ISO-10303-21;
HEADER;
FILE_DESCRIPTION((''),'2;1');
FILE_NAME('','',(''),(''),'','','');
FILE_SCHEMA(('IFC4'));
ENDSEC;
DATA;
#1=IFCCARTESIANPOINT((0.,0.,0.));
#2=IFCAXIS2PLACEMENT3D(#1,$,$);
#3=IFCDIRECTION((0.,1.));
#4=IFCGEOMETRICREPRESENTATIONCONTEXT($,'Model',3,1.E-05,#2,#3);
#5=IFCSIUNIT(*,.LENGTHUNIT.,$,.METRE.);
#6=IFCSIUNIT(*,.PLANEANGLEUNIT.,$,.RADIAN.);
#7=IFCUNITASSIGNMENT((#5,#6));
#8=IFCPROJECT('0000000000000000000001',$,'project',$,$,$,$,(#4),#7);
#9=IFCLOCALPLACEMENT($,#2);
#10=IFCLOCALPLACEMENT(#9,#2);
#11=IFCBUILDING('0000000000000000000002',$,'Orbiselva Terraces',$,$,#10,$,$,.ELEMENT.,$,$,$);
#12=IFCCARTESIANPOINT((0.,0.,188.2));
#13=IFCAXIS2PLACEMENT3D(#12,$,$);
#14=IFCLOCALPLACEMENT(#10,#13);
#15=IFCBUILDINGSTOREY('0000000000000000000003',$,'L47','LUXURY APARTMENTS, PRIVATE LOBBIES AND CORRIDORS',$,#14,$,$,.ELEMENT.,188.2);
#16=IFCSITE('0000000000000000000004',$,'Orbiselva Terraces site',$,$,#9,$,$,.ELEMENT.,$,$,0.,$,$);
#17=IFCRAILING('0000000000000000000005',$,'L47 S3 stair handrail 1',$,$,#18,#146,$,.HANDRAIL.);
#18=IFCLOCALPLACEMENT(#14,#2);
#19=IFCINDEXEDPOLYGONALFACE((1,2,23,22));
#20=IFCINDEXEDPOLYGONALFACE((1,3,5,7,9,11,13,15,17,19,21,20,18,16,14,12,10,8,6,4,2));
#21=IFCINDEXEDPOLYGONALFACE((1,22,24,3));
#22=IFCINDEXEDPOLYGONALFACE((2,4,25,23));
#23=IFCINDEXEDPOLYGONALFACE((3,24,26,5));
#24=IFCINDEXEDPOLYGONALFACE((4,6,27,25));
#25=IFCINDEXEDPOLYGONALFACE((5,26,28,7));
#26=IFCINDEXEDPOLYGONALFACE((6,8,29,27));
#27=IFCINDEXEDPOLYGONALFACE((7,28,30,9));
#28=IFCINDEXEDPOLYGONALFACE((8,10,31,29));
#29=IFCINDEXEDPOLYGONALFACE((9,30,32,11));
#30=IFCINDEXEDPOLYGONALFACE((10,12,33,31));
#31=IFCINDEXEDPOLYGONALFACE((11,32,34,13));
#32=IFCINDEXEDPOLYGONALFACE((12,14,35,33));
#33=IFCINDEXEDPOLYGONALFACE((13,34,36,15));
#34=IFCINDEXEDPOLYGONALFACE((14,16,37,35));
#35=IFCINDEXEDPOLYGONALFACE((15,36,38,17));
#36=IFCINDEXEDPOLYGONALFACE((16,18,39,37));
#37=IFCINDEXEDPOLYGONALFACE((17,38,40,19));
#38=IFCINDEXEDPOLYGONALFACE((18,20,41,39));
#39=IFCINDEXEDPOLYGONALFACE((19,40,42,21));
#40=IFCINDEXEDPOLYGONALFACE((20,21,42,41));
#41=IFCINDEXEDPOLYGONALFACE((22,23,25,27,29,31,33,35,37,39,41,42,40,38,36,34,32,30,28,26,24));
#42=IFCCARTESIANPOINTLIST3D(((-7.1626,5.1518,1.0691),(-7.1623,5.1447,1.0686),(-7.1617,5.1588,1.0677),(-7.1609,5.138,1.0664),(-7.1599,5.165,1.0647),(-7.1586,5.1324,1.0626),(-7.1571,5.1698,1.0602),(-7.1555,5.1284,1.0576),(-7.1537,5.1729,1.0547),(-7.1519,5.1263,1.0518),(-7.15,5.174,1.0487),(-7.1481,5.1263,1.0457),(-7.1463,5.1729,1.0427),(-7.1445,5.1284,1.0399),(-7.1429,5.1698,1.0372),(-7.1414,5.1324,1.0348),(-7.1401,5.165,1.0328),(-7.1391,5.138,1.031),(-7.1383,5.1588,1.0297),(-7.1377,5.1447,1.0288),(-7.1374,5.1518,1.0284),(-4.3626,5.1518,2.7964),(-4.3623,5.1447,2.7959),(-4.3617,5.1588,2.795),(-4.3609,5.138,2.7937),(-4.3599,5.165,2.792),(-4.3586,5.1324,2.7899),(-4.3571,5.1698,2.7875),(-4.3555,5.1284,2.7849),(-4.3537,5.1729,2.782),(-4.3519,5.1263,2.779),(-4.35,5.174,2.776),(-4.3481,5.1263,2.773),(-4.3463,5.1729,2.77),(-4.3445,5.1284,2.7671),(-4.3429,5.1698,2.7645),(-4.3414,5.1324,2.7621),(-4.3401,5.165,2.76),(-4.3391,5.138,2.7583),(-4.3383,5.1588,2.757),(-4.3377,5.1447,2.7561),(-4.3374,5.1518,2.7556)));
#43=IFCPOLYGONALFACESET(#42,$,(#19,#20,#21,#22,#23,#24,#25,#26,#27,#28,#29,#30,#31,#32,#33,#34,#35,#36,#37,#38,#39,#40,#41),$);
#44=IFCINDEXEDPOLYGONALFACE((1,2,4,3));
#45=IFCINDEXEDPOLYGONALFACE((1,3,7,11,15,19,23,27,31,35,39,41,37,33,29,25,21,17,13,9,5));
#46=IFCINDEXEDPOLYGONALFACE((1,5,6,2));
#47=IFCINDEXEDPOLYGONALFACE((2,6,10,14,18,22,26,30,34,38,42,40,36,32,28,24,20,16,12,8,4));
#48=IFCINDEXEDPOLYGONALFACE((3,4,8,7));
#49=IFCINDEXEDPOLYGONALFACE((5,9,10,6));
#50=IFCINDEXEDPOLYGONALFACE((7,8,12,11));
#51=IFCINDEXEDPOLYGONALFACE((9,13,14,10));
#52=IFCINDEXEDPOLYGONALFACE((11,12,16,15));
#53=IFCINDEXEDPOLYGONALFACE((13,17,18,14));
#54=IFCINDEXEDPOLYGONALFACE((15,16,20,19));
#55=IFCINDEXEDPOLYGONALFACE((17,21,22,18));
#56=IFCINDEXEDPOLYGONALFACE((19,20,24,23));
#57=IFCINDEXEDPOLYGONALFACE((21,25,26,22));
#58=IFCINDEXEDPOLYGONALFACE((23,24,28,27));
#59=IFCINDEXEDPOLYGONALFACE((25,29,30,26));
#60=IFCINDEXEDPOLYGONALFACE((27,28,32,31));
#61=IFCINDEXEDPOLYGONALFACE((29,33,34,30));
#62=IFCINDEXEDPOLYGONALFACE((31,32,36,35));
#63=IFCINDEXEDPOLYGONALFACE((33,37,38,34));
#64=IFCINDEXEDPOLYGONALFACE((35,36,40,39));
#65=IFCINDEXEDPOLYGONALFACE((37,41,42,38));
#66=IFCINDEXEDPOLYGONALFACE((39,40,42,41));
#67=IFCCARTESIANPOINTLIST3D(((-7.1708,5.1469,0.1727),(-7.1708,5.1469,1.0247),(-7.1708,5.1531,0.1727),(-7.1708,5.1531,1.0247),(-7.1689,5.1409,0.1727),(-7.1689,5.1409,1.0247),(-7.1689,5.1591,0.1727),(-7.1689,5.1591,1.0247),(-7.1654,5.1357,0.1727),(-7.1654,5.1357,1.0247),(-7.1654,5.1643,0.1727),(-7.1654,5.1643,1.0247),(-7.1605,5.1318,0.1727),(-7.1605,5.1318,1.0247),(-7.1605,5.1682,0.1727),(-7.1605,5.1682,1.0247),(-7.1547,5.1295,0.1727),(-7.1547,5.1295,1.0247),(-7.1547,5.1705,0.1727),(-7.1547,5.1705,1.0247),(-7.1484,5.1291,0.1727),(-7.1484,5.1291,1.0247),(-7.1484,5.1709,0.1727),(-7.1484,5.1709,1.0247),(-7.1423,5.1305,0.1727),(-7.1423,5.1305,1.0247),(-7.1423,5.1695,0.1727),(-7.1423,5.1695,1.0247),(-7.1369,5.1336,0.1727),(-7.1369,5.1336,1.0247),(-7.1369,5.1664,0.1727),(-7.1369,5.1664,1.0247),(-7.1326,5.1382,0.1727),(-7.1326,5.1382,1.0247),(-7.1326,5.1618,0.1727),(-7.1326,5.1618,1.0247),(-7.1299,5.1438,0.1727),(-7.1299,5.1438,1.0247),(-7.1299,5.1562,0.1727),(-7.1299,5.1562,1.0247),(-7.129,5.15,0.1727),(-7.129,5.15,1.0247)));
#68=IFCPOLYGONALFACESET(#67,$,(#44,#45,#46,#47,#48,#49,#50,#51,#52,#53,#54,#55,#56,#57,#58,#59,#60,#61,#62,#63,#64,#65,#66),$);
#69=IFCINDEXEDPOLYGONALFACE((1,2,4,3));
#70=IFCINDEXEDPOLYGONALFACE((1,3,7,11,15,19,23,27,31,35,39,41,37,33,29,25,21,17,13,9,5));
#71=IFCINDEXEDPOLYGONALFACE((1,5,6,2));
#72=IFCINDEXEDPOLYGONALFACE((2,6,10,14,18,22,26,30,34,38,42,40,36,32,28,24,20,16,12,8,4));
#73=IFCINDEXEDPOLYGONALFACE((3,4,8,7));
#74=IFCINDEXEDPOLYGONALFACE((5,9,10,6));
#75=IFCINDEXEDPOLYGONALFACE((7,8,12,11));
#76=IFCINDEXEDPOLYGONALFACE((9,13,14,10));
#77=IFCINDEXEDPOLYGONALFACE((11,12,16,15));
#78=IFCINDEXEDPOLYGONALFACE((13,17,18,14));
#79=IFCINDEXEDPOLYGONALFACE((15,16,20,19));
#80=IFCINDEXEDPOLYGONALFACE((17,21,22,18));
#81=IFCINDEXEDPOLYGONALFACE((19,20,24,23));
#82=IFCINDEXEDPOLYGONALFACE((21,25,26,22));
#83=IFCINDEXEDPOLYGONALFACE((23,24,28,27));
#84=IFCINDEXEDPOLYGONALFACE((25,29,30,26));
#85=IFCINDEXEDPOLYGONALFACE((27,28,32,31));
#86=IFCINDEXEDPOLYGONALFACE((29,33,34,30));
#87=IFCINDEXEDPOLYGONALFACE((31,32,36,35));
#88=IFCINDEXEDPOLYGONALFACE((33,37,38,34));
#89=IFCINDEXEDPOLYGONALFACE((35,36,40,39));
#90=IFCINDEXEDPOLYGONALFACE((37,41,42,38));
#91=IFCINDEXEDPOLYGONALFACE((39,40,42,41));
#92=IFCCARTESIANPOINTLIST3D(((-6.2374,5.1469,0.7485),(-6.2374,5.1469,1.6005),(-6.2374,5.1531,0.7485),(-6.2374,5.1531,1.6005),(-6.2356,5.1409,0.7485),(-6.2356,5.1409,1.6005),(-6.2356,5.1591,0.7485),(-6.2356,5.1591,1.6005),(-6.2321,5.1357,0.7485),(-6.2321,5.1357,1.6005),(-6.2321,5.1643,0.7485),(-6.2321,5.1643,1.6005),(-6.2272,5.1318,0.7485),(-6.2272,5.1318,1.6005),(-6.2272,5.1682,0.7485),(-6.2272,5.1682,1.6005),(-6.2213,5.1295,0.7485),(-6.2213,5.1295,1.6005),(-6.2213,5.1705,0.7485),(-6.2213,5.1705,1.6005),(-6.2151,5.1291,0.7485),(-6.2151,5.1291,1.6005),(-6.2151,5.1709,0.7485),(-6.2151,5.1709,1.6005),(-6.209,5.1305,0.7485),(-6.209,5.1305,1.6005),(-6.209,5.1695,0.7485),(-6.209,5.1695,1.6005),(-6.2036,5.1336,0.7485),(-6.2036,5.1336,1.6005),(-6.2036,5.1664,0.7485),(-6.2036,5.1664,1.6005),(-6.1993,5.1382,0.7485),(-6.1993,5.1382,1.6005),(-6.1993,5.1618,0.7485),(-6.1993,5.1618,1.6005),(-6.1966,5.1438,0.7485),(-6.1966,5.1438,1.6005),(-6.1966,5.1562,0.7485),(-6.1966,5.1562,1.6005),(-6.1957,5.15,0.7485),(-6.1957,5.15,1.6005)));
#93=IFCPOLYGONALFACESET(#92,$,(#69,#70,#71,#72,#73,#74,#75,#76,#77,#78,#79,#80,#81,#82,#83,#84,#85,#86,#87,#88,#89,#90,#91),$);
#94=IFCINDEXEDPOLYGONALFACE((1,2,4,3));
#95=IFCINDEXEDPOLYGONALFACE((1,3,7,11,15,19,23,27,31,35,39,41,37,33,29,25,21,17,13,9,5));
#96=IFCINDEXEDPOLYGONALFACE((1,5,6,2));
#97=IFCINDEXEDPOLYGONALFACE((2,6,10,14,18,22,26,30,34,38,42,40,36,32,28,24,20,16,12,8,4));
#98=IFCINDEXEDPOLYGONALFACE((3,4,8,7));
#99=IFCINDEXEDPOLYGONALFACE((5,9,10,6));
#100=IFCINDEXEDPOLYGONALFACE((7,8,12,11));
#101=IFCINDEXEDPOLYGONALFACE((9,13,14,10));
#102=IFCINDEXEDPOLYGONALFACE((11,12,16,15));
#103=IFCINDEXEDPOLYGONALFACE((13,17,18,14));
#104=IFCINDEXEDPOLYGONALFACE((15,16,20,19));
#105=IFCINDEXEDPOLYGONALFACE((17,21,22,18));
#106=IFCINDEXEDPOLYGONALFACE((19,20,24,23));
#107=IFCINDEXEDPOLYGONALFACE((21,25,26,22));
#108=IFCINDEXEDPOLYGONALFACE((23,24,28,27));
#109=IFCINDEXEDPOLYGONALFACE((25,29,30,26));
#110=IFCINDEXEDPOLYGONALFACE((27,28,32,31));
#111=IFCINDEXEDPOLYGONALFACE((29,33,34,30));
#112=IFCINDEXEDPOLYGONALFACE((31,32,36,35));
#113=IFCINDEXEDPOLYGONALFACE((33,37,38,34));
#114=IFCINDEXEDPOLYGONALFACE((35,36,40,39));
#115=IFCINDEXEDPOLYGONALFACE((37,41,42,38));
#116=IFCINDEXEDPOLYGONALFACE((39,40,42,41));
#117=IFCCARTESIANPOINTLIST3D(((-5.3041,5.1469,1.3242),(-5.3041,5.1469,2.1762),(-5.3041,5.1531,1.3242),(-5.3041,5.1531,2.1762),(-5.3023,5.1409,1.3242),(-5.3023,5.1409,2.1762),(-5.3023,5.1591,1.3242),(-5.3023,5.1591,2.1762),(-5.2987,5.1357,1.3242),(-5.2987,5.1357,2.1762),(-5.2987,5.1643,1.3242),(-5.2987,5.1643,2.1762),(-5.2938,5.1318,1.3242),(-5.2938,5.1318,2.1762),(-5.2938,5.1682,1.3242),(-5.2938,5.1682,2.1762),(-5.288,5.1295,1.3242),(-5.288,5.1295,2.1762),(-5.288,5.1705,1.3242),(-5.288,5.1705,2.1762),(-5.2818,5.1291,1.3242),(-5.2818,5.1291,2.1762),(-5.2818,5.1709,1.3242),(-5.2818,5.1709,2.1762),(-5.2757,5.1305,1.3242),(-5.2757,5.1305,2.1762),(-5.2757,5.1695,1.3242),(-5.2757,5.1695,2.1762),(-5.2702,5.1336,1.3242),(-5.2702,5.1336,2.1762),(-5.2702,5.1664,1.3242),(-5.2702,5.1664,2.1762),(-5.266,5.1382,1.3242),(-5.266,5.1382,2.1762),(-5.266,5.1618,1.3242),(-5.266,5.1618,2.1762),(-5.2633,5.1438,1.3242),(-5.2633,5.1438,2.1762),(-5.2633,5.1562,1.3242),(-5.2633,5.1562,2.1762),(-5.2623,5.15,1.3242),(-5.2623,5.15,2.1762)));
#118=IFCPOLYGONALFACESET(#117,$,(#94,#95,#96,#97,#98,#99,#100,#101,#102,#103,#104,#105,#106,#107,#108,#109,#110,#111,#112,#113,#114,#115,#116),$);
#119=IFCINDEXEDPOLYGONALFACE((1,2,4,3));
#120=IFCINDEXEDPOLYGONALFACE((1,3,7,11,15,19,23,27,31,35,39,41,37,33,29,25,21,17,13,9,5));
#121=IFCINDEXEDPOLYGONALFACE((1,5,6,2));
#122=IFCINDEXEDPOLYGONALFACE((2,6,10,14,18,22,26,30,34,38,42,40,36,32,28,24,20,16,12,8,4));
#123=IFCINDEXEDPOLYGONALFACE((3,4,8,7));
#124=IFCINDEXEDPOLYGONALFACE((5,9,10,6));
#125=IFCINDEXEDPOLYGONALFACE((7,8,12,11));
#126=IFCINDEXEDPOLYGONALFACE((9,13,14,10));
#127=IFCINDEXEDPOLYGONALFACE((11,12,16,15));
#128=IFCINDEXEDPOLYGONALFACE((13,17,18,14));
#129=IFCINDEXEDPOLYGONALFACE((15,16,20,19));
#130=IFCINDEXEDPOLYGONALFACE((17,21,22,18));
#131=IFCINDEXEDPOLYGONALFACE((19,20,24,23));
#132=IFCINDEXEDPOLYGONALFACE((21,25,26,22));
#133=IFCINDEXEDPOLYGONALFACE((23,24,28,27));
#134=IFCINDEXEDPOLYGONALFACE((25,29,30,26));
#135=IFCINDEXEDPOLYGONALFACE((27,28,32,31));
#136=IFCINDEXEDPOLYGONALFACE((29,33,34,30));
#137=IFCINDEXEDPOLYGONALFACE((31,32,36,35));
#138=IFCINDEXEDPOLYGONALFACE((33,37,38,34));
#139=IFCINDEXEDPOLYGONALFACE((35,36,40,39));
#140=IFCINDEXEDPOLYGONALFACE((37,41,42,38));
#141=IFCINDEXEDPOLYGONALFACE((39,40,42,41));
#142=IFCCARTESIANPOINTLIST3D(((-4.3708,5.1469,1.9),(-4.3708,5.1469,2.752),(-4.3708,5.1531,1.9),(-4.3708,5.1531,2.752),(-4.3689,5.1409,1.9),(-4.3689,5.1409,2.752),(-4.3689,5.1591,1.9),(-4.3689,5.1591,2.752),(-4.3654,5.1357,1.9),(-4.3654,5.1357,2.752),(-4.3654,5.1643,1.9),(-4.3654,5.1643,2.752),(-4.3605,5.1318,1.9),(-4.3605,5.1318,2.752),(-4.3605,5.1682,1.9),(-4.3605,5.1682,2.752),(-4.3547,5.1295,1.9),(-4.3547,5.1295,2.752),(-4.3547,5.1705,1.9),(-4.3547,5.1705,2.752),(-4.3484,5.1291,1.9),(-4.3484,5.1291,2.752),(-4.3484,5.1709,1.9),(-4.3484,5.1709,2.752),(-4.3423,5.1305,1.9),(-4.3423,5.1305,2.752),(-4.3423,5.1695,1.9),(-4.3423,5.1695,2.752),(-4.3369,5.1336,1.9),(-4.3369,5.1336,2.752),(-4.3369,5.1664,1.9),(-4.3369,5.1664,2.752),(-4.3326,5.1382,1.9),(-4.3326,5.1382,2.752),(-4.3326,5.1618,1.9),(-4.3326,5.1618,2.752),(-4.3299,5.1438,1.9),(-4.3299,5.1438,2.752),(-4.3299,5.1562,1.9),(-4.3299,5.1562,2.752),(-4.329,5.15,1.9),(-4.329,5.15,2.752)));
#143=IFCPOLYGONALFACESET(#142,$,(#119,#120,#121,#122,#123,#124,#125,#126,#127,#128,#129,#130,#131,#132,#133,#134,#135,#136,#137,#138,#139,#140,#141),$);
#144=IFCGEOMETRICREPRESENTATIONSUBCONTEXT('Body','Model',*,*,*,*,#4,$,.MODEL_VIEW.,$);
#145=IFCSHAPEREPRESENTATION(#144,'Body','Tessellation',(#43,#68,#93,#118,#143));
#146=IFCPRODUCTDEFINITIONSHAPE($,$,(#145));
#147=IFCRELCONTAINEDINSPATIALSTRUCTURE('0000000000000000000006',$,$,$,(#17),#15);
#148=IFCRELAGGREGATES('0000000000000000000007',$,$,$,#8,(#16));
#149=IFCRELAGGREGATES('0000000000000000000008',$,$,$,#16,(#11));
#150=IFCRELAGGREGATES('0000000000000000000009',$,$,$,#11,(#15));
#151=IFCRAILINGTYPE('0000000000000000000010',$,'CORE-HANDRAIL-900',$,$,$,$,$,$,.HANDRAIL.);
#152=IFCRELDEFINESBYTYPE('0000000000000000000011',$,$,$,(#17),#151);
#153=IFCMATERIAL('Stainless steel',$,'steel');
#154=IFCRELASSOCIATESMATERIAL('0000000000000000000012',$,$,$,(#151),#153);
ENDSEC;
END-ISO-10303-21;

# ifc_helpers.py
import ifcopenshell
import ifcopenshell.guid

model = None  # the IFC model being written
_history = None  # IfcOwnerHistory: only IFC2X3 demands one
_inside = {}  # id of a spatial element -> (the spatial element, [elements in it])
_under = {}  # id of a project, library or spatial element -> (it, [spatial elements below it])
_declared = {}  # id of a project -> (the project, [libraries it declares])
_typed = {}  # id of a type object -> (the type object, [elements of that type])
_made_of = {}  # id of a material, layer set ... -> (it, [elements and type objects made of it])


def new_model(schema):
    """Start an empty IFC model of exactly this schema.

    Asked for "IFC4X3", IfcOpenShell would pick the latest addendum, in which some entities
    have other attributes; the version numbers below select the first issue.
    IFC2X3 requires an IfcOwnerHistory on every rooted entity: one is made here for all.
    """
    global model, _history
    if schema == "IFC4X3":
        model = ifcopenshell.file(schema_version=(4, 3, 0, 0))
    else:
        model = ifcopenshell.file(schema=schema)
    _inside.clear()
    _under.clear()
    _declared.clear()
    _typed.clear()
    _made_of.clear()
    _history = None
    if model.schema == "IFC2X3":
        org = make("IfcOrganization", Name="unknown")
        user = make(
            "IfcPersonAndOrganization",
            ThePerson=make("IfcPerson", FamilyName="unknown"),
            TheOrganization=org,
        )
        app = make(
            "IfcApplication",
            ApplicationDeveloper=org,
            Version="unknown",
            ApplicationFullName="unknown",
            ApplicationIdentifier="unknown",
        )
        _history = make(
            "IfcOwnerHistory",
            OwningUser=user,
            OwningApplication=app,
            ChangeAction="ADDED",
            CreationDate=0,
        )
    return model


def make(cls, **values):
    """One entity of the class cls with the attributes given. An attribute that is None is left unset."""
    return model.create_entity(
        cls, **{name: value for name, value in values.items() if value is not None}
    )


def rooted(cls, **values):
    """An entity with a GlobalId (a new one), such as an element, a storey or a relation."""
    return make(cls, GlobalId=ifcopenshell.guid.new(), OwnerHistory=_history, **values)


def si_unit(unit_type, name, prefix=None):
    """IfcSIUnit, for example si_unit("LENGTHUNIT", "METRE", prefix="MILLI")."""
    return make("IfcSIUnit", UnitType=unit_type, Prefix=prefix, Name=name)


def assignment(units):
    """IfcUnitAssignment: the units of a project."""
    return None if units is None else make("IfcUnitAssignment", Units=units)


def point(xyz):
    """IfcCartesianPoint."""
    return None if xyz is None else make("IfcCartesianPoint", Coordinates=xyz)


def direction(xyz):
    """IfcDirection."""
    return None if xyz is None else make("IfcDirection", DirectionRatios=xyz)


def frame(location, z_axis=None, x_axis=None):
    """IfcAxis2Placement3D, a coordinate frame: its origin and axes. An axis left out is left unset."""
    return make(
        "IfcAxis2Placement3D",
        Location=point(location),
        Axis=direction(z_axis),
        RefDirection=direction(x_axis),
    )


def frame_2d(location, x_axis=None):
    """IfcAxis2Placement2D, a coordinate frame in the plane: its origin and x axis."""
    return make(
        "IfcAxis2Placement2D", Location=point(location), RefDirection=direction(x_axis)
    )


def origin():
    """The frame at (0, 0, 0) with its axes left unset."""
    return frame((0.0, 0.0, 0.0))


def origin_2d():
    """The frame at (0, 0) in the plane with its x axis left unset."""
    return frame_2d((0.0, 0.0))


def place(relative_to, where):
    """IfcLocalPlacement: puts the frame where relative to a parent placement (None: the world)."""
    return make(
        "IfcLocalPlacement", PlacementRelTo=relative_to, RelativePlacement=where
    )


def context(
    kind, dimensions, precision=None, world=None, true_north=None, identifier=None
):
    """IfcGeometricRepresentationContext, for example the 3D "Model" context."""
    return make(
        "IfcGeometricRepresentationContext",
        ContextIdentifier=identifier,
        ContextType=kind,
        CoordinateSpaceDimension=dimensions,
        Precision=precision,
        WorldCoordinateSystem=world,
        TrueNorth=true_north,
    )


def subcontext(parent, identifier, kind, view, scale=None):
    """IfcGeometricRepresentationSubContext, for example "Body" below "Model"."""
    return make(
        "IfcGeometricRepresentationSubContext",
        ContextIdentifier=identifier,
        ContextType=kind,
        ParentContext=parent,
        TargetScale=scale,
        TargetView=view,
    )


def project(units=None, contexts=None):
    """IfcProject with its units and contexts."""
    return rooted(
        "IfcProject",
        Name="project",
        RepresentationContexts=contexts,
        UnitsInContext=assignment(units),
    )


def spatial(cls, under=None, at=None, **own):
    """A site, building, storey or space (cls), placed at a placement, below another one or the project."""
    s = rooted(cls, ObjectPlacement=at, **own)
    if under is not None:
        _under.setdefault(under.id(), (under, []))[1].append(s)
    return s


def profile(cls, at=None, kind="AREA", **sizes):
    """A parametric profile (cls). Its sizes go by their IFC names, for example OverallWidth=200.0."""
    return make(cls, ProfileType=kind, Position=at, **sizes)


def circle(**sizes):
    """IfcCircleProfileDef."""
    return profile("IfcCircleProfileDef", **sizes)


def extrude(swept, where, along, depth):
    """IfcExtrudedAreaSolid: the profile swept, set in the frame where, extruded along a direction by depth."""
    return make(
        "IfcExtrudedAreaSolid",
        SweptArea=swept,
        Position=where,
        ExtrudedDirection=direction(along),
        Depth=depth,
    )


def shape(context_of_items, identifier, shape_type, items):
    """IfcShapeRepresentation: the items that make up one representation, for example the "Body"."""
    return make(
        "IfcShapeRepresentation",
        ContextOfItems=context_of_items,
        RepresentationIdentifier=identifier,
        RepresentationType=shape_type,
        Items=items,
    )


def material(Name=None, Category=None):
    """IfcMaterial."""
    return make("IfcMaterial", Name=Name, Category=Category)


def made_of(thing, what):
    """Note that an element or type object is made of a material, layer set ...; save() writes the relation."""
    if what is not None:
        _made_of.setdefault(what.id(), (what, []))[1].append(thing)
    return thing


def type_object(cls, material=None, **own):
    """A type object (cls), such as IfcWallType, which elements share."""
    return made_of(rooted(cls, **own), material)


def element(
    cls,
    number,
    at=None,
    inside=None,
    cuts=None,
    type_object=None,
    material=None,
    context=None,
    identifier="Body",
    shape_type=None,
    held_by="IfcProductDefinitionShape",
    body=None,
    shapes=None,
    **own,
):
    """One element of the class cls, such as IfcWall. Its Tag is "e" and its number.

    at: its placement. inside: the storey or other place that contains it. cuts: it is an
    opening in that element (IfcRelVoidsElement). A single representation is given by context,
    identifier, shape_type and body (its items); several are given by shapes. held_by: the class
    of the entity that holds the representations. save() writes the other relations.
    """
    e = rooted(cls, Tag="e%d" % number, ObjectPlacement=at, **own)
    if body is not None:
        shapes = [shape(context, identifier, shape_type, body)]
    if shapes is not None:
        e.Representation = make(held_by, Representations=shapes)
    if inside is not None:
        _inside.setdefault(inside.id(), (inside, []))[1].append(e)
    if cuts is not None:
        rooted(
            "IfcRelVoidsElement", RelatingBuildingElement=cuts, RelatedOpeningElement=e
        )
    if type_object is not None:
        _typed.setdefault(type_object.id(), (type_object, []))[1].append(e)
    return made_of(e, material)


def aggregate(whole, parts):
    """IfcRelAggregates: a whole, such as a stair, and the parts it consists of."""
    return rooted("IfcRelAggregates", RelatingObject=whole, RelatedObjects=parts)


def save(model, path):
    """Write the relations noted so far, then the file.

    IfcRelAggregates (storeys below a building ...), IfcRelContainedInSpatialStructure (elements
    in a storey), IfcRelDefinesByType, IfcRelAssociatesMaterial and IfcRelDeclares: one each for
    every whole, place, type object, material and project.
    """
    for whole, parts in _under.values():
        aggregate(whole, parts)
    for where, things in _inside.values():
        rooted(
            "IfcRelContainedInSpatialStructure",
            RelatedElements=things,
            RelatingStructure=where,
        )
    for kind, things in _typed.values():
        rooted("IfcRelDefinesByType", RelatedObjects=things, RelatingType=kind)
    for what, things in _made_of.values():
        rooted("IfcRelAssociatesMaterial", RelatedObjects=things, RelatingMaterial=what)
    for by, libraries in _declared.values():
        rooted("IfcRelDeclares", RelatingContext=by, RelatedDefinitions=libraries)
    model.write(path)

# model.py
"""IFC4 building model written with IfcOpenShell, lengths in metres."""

from ifc_helpers import new_model, si_unit, direction, frame, origin, origin_2d, place, context, subcontext, project, spatial, circle, extrude, material, type_object, element, save


model = new_model("IFC4")

# Units and contexts
model_context = context("Model", 3, precision=1e-05, world=origin(), true_north=direction((0.0, 1.0)))
body_context = subcontext(model_context, "Body", "Model", "MODEL_VIEW")
ifc_project = project(units=[si_unit("LENGTHUNIT", "METRE"), si_unit("PLANEANGLEUNIT", "RADIAN")], contexts=[model_context])

# Site, building, storey
site_placement = place(None, origin())
site = spatial("IfcSite", under=ifc_project, at=site_placement, Name="Orbiselva Terraces site", CompositionType="ELEMENT", RefElevation=0.0)
building_placement = place(site_placement, origin())
building = spatial("IfcBuilding", under=site, at=building_placement, Name="Orbiselva Terraces", CompositionType="ELEMENT")
storey_placement = place(building_placement, frame((0.0, 0.0, 188.2)))
storey = spatial("IfcBuildingStorey", under=building, at=storey_placement, Name="L47", Description="LUXURY APARTMENTS, PRIVATE LOBBIES AND CORRIDORS", CompositionType="ELEMENT", Elevation=188.2)

# Railing
ifc_material_1 = material(Name="Stainless steel", Category="steel")
railing_type_1 = type_object("IfcRailingType", Name="CORE-HANDRAIL-900", PredefinedType="HANDRAIL", material=ifc_material_1)
railing_1_placement = place(storey_placement, frame((-7.15, 5.15, 0.1727)))
element("IfcRailing", 1, at=railing_1_placement, inside=storey, type_object=railing_type_1, Name="L47 S3 stair handrail 1", PredefinedType="HANDRAIL", context=body_context, shape_type="SweptSolid", body=[
    extrude(circle(Radius=0.024, at=origin_2d()), frame((0.0, 0.0, 0.876), z_axis=(0.851089, 0.0, 0.525022), x_axis=(0.0, 1.0, 0.0)), (0.0, 0.0, 1.0), 3.2899),
    extrude(circle(Radius=0.021, at=origin_2d()), origin(), (0.0, 0.0, 1.0), 0.852),
    extrude(circle(Radius=0.021, at=origin_2d()), frame((0.9333, 0.0, 0.5758)), (0.0, 0.0, 1.0), 0.852),
    extrude(circle(Radius=0.021, at=origin_2d()), frame((1.8667, 0.0, 1.1515)), (0.0, 0.0, 1.0), 0.852),
    extrude(circle(Radius=0.021, at=origin_2d()), frame((2.8, 0.0, 1.7273)), (0.0, 0.0, 1.0), 0.852),
])

save(model, "model.ifc")
